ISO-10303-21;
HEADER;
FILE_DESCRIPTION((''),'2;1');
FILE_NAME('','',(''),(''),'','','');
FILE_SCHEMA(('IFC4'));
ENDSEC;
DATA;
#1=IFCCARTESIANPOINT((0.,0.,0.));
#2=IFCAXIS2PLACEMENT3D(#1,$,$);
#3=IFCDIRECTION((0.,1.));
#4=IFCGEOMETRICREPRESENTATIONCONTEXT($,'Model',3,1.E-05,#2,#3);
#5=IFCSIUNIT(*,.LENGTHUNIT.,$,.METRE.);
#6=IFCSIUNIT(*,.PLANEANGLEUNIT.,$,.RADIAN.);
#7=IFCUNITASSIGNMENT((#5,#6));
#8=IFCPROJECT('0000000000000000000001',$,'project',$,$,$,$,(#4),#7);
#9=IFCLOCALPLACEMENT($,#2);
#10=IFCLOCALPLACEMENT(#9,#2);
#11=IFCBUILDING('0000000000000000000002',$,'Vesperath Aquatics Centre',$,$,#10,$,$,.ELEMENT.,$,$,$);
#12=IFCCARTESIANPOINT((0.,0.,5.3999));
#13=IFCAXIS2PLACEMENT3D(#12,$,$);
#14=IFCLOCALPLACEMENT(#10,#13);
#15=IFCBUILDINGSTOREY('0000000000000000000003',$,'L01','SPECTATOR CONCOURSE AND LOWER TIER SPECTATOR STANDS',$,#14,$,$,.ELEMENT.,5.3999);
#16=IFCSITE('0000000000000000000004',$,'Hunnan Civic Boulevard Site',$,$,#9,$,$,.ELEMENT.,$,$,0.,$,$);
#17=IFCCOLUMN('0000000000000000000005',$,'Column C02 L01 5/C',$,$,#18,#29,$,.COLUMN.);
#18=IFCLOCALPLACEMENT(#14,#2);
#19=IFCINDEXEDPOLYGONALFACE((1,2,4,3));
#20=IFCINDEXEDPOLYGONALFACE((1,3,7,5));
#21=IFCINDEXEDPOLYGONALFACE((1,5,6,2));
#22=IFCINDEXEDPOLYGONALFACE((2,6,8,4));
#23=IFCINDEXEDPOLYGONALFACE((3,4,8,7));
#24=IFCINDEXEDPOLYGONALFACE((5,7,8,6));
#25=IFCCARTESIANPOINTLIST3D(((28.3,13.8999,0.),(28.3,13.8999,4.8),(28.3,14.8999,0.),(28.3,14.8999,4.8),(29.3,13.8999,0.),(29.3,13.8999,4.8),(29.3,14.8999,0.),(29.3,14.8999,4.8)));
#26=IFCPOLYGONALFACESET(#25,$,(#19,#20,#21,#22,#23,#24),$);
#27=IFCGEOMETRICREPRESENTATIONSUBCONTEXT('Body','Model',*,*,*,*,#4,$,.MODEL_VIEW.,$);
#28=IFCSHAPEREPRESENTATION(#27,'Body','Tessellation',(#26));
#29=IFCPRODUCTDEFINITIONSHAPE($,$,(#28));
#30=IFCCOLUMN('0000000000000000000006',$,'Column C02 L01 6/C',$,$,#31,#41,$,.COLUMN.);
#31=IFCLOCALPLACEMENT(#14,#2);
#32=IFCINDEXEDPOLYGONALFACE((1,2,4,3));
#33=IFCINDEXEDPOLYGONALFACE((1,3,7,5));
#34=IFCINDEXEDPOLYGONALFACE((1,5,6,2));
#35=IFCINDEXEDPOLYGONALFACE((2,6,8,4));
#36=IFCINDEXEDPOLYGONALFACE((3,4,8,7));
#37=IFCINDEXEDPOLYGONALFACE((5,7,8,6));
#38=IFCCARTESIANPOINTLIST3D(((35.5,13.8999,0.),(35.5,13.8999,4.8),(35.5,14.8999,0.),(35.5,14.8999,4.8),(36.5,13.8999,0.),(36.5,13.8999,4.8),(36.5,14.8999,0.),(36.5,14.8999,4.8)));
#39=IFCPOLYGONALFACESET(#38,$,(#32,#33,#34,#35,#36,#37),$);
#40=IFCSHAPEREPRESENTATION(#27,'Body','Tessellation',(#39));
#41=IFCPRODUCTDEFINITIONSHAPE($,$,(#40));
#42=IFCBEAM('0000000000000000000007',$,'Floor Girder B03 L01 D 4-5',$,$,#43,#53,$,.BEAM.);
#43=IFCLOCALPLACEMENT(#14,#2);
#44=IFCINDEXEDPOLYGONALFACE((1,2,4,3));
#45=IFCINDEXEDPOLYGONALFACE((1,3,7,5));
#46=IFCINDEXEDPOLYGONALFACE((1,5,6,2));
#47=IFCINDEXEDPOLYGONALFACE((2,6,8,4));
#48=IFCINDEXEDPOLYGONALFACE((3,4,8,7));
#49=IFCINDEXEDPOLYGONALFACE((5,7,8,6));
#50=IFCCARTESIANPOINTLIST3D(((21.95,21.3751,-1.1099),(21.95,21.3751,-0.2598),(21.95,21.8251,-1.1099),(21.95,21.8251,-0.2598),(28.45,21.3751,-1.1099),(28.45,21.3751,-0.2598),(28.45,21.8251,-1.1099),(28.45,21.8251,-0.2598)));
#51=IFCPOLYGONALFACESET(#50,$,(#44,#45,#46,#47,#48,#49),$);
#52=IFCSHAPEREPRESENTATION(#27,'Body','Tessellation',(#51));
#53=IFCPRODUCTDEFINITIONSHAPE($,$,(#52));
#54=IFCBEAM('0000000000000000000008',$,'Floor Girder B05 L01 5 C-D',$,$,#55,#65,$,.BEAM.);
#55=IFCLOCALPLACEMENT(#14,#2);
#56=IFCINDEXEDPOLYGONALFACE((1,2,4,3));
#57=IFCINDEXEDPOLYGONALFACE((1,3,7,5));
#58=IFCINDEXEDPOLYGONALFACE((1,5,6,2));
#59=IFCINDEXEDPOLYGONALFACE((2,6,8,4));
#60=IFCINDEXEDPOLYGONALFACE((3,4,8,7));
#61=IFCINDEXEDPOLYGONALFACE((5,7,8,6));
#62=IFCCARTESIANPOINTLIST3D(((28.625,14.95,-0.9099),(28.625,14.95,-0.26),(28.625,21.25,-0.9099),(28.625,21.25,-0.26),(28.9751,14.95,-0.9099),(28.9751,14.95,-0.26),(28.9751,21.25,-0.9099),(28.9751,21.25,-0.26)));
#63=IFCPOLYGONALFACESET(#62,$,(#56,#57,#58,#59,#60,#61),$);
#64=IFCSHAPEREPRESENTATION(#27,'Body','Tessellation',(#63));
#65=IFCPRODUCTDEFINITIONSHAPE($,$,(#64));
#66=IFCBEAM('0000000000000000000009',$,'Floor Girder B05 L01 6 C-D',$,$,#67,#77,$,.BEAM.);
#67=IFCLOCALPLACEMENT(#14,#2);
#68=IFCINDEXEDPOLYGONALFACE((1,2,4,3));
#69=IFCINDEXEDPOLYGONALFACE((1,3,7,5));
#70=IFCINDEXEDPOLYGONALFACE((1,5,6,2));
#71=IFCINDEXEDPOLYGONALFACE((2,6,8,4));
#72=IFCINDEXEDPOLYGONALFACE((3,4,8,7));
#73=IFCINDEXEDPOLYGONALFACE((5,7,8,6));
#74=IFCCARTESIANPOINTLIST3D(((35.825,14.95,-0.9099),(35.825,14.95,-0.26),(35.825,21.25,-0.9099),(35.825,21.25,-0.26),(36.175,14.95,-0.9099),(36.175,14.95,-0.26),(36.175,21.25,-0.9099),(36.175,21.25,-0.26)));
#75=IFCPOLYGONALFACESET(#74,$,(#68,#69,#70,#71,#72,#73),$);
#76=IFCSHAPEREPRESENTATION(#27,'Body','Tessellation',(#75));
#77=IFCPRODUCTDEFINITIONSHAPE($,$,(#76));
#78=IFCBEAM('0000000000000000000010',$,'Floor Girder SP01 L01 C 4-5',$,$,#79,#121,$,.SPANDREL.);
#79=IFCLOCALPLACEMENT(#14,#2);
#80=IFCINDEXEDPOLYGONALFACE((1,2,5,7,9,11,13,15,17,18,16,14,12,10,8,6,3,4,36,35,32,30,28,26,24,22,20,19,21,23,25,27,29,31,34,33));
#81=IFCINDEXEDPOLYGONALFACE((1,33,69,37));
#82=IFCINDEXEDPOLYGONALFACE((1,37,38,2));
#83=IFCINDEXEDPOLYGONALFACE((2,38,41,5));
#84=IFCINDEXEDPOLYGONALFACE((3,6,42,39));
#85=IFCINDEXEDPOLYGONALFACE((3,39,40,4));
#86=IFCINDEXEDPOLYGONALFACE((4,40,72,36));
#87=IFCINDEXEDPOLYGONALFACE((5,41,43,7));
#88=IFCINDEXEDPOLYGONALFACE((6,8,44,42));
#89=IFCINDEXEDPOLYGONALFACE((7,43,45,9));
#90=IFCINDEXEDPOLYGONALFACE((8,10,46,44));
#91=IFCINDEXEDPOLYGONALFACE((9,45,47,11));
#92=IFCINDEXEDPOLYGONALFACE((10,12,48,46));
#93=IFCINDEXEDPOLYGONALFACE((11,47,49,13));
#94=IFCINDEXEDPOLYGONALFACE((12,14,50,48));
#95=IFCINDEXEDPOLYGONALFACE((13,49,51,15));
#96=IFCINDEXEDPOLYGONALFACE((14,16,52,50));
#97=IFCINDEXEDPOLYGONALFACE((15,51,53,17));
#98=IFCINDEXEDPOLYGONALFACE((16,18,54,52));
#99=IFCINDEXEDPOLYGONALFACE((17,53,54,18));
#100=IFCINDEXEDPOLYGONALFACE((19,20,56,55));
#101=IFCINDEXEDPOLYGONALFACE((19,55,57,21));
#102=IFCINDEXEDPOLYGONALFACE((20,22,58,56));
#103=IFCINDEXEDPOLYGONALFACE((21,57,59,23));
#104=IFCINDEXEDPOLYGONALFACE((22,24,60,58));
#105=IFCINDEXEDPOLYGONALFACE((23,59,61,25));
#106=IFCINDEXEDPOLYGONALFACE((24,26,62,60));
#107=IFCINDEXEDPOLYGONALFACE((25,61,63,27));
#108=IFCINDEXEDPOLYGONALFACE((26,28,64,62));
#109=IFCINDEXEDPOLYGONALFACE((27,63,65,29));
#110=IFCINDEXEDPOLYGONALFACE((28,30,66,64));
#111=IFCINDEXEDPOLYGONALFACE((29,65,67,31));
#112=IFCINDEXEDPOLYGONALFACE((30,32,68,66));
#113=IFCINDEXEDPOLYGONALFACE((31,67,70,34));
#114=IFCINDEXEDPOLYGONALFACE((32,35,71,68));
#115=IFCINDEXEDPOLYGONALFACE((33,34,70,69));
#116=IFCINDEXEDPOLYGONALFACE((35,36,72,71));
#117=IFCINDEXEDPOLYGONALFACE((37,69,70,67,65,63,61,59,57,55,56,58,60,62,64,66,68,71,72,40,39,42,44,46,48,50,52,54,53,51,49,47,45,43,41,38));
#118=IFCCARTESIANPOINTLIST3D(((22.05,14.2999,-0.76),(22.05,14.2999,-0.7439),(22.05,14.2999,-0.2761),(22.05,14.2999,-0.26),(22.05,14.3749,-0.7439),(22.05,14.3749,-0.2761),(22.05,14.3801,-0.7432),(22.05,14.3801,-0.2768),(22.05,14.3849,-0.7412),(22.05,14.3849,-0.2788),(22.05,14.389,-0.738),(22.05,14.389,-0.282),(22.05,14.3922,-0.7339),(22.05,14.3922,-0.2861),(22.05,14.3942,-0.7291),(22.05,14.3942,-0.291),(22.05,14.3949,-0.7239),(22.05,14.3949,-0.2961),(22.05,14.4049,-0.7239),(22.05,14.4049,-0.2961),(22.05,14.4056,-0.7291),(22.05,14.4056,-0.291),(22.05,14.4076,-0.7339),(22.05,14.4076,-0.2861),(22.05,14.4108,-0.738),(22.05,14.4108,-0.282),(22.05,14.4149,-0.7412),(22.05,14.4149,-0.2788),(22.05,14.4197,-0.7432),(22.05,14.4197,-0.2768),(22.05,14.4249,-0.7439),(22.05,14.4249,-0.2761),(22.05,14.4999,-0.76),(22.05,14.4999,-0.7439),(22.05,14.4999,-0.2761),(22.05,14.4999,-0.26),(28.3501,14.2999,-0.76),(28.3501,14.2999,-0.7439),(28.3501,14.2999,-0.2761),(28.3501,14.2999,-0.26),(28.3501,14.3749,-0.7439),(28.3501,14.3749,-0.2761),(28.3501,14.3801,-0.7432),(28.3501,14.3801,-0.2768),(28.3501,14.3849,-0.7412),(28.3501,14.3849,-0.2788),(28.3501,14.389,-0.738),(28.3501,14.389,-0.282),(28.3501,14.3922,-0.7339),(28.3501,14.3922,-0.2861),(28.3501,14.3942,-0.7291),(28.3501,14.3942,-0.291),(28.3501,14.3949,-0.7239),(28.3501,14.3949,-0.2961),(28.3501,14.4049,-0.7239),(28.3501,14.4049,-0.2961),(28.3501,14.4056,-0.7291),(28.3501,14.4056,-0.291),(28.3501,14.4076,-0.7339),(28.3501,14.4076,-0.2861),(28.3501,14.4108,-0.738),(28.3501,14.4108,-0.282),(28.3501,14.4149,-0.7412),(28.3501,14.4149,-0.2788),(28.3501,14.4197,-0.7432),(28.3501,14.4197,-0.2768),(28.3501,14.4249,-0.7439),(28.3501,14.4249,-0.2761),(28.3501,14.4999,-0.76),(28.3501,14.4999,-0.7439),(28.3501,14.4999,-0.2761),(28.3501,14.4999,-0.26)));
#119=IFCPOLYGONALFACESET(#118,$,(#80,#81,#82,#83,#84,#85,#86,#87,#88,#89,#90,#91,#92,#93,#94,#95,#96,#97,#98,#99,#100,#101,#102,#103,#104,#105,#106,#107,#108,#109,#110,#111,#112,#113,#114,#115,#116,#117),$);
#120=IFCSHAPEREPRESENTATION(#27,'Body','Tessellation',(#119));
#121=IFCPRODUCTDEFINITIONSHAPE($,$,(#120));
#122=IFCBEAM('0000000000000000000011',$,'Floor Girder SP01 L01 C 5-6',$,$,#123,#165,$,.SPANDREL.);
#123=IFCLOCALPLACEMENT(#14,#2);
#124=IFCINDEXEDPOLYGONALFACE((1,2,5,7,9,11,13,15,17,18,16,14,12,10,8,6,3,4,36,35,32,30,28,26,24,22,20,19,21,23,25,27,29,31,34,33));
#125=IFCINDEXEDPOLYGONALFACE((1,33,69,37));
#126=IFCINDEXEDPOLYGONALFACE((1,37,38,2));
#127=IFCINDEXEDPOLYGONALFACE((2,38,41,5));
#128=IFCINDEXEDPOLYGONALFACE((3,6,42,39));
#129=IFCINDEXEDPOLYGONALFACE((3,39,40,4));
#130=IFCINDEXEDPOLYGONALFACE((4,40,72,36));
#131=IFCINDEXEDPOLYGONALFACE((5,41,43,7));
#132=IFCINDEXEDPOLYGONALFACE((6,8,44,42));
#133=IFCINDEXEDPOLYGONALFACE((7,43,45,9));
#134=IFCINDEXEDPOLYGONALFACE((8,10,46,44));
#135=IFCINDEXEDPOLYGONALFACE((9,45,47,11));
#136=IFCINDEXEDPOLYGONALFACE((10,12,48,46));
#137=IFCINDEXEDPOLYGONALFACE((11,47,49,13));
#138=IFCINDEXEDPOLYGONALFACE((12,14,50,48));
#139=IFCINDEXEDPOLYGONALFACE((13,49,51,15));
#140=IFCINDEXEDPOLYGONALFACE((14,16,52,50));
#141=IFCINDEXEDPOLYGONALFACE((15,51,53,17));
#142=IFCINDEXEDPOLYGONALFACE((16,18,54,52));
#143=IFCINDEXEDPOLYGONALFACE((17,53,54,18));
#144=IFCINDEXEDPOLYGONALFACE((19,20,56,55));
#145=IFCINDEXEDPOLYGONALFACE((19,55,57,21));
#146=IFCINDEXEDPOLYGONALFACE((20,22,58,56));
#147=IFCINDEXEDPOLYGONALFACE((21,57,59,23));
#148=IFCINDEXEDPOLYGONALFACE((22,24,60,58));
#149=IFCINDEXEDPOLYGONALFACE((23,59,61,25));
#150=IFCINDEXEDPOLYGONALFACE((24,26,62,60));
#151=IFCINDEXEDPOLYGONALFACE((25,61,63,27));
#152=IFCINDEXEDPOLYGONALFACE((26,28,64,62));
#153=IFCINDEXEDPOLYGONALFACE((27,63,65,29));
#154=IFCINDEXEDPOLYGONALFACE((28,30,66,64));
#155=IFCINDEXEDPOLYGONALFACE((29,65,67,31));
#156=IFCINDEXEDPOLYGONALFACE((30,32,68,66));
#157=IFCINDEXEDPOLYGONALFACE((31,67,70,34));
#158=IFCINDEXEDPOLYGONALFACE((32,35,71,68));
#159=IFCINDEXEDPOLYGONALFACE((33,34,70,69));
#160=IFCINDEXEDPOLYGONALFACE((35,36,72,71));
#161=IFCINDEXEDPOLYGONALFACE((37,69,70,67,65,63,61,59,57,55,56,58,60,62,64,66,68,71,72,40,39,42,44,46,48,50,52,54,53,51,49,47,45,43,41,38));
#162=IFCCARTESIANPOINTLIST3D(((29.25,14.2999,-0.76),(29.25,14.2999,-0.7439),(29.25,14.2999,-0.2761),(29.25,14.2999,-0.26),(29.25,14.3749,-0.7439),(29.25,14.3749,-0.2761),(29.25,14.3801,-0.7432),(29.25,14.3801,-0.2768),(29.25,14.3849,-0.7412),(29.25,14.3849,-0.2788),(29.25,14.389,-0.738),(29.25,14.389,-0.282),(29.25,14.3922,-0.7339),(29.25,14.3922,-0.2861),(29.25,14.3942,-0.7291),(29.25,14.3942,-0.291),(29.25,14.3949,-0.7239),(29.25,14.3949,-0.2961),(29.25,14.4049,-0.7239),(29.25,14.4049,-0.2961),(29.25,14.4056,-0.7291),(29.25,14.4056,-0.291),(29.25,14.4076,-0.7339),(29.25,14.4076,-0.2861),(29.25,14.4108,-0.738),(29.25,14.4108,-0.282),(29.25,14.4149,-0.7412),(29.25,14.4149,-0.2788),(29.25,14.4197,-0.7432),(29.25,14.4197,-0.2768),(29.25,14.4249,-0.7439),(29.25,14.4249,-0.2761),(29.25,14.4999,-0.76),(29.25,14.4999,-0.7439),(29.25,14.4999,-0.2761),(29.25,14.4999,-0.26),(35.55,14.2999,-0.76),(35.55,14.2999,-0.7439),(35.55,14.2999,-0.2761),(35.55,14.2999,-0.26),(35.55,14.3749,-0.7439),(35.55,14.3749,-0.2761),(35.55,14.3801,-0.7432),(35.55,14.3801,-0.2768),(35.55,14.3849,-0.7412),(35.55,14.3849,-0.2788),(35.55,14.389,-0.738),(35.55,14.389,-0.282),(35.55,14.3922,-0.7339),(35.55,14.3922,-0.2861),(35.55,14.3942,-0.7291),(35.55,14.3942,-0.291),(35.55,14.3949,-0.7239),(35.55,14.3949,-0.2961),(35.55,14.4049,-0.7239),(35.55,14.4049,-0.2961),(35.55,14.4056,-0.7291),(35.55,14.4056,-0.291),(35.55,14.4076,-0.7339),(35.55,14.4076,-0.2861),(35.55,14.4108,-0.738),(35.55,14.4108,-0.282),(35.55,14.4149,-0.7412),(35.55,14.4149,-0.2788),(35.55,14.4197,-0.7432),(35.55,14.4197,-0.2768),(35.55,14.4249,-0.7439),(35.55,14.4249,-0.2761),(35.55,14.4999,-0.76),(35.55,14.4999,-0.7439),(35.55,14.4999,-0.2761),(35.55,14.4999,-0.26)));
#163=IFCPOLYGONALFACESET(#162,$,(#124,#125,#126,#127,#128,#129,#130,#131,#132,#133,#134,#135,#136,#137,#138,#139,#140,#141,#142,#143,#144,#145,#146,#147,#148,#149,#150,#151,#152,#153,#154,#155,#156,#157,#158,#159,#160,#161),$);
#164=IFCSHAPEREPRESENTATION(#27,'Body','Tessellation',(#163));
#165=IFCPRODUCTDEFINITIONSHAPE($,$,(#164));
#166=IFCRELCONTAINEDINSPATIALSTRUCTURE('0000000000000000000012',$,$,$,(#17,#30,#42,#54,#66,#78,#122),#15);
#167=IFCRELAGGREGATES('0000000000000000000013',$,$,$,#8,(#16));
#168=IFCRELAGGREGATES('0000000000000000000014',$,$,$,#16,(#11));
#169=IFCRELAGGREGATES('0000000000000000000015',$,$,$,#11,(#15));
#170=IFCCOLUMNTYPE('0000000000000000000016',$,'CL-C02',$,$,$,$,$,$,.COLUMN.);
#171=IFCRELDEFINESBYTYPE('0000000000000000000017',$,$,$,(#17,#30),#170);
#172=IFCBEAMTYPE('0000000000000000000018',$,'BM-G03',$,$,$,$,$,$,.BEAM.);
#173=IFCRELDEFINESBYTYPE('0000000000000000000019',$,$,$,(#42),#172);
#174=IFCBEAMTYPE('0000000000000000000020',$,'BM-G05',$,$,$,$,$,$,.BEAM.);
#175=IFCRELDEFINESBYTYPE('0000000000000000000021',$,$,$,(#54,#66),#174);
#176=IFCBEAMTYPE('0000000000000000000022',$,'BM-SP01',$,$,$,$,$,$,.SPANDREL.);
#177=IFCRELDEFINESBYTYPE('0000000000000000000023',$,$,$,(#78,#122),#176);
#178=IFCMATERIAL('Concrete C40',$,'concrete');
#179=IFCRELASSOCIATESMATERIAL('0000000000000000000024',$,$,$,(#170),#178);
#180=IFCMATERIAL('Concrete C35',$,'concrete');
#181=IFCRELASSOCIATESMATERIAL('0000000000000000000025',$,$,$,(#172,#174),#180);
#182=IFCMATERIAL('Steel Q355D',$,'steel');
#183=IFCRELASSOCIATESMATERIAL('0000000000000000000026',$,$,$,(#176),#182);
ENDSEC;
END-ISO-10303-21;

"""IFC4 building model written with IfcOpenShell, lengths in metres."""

from ifc_helpers import new_model, si_unit, direction, frame, origin, origin_2d, place, context, subcontext, project, spatial, rectangle, i_section, extrude, material, material_profile, profile_set, type_object, element, save


model = new_model("IFC4")

# Units and contexts
model_context = context("Model", 3, precision=1e-05, world=origin(), true_north=direction((0.0, 1.0)))
body_context = subcontext(model_context, "Body", "Model", "MODEL_VIEW")
ifc_project = project(units=[si_unit("LENGTHUNIT", "METRE"), si_unit("PLANEANGLEUNIT", "RADIAN")], contexts=[model_context])

# Site, building, storey
site_placement = place(None, origin())
site = spatial("IfcSite", under=ifc_project, at=site_placement, Name="Hunnan Civic Boulevard Site", CompositionType="ELEMENT", RefElevation=0.0)
building_placement = place(site_placement, origin())
building = spatial("IfcBuilding", under=site, at=building_placement, Name="Vesperath Aquatics Centre", CompositionType="ELEMENT")
storey_placement = place(building_placement, frame((0.0, 0.0, 5.3999)))
storey = spatial("IfcBuildingStorey", under=building, at=storey_placement, Name="L01", Description="SPECTATOR CONCOURSE AND LOWER TIER SPECTATOR STANDS", CompositionType="ELEMENT", Elevation=5.3999)

# Columns
ifc_material_1 = material(Name="Concrete C40", Category="concrete")
ifc_material_profile_1 = material_profile(ifc_material_1, rectangle(XDim=1.0, YDim=1.0, at=origin_2d()), Name="RC 1000x1000")
ifc_profile_set_1 = profile_set([ifc_material_profile_1], Name="Concrete C40")
column_type = type_object("IfcColumnType", Name="CL-C02", PredefinedType="COLUMN", material=ifc_profile_set_1)
for number, where, z_axis, x_axis, name in (
    (1, (28.8, 14.3999, 0.0), (0.0, 0.0, 1.0), (1.0, 0.0, 0.0), "Column C02 L01 5/C"),
    (2, (36.0, 14.3999, 0.0), (0.0, 0.0, 1.0), (1.0, 0.0, 0.0), "Column C02 L01 6/C"),
):
    element("IfcColumn", number, at=place(storey_placement, frame(where, z_axis=z_axis, x_axis=x_axis)), inside=storey, type_object=column_type, Name=name, PredefinedType="COLUMN", context=body_context, shape_type="SweptSolid", body=[
        extrude(rectangle(XDim=1.0, YDim=1.0, at=origin_2d()), origin(), (0.0, 0.0, 1.0), 4.8),
    ])

# Beams
ifc_material_2 = material(Name="Concrete C35", Category="concrete")
ifc_material_profile_2 = material_profile(ifc_material_2, rectangle(XDim=0.45, YDim=0.8501, at=origin_2d()), Name="RC 450x850")
ifc_profile_set_2 = profile_set([ifc_material_profile_2], Name="Concrete C35")
beam_type_1 = type_object("IfcBeamType", Name="BM-G03", PredefinedType="BEAM", material=ifc_profile_set_2)
beam_placement = place(storey_placement, frame((21.95, 21.6001, -0.6848), z_axis=(1.0, 0.0, 0.0), x_axis=(0.0, 1.0, 0.0)))
element("IfcBeam", 3, at=beam_placement, inside=storey, type_object=beam_type_1, Name="Floor Girder B03 L01 D 4-5", PredefinedType="BEAM", context=body_context, shape_type="SweptSolid", body=[
    extrude(rectangle(XDim=0.45, YDim=0.8501, at=origin_2d()), origin(), (0.0, 0.0, 1.0), 6.5),
])
ifc_material_profile_3 = material_profile(ifc_material_2, rectangle(XDim=0.3501, YDim=0.6499, at=origin_2d()), Name="RC 350x650")
ifc_profile_set_3 = profile_set([ifc_material_profile_3], Name="Concrete C35")
beam_type_2 = type_object("IfcBeamType", Name="BM-G05", PredefinedType="BEAM", material=ifc_profile_set_3)
for number, where, z_axis, x_axis, name in (
    (4, (28.8, 14.95, -0.585), (0.0, 1.0, 0.0), (-1.0, 0.0, 0.0), "Floor Girder B05 L01 5 C-D"),
    (5, (36.0, 14.95, -0.585), (0.0, 1.0, 0.0), (-1.0, 0.0, 0.0), "Floor Girder B05 L01 6 C-D"),
):
    element("IfcBeam", number, at=place(storey_placement, frame(where, z_axis=z_axis, x_axis=x_axis)), inside=storey, type_object=beam_type_2, Name=name, PredefinedType="BEAM", context=body_context, shape_type="SweptSolid", body=[
        extrude(rectangle(XDim=0.3501, YDim=0.6499, at=origin_2d()), origin(), (0.0, 0.0, 1.0), 6.3),
    ])
ifc_material_3 = material(Name="Steel Q355D", Category="steel")
ifc_material_profile_4 = material_profile(ifc_material_3, i_section(OverallWidth=0.2, OverallDepth=0.5, WebThickness=0.01, FlangeThickness=0.0161, FilletRadius=0.02, at=origin_2d()), Name="HN 500x200x10x16")
ifc_profile_set_4 = profile_set([ifc_material_profile_4], Name="Steel Q355D")
beam_type_3 = type_object("IfcBeamType", Name="BM-SP01", PredefinedType="SPANDREL", material=ifc_profile_set_4)
for number, where, z_axis, x_axis, name in (
    (6, (22.05, 14.3999, -0.51), (1.0, 0.0, 0.0), (0.0, 1.0, 0.0), "Floor Girder SP01 L01 C 4-5"),
    (7, (29.25, 14.3999, -0.51), (1.0, 0.0, 0.0), (0.0, 1.0, 0.0), "Floor Girder SP01 L01 C 5-6"),
):
    element("IfcBeam", number, at=place(storey_placement, frame(where, z_axis=z_axis, x_axis=x_axis)), inside=storey, type_object=beam_type_3, Name=name, PredefinedType="SPANDREL", context=body_context, shape_type="SweptSolid", body=[
        extrude(i_section(OverallWidth=0.2, OverallDepth=0.5, WebThickness=0.01, FlangeThickness=0.0161, FilletRadius=0.02, at=origin_2d()), origin(), (0.0, 0.0, 1.0), 6.3),
    ])

save(model, "model.ifc")
